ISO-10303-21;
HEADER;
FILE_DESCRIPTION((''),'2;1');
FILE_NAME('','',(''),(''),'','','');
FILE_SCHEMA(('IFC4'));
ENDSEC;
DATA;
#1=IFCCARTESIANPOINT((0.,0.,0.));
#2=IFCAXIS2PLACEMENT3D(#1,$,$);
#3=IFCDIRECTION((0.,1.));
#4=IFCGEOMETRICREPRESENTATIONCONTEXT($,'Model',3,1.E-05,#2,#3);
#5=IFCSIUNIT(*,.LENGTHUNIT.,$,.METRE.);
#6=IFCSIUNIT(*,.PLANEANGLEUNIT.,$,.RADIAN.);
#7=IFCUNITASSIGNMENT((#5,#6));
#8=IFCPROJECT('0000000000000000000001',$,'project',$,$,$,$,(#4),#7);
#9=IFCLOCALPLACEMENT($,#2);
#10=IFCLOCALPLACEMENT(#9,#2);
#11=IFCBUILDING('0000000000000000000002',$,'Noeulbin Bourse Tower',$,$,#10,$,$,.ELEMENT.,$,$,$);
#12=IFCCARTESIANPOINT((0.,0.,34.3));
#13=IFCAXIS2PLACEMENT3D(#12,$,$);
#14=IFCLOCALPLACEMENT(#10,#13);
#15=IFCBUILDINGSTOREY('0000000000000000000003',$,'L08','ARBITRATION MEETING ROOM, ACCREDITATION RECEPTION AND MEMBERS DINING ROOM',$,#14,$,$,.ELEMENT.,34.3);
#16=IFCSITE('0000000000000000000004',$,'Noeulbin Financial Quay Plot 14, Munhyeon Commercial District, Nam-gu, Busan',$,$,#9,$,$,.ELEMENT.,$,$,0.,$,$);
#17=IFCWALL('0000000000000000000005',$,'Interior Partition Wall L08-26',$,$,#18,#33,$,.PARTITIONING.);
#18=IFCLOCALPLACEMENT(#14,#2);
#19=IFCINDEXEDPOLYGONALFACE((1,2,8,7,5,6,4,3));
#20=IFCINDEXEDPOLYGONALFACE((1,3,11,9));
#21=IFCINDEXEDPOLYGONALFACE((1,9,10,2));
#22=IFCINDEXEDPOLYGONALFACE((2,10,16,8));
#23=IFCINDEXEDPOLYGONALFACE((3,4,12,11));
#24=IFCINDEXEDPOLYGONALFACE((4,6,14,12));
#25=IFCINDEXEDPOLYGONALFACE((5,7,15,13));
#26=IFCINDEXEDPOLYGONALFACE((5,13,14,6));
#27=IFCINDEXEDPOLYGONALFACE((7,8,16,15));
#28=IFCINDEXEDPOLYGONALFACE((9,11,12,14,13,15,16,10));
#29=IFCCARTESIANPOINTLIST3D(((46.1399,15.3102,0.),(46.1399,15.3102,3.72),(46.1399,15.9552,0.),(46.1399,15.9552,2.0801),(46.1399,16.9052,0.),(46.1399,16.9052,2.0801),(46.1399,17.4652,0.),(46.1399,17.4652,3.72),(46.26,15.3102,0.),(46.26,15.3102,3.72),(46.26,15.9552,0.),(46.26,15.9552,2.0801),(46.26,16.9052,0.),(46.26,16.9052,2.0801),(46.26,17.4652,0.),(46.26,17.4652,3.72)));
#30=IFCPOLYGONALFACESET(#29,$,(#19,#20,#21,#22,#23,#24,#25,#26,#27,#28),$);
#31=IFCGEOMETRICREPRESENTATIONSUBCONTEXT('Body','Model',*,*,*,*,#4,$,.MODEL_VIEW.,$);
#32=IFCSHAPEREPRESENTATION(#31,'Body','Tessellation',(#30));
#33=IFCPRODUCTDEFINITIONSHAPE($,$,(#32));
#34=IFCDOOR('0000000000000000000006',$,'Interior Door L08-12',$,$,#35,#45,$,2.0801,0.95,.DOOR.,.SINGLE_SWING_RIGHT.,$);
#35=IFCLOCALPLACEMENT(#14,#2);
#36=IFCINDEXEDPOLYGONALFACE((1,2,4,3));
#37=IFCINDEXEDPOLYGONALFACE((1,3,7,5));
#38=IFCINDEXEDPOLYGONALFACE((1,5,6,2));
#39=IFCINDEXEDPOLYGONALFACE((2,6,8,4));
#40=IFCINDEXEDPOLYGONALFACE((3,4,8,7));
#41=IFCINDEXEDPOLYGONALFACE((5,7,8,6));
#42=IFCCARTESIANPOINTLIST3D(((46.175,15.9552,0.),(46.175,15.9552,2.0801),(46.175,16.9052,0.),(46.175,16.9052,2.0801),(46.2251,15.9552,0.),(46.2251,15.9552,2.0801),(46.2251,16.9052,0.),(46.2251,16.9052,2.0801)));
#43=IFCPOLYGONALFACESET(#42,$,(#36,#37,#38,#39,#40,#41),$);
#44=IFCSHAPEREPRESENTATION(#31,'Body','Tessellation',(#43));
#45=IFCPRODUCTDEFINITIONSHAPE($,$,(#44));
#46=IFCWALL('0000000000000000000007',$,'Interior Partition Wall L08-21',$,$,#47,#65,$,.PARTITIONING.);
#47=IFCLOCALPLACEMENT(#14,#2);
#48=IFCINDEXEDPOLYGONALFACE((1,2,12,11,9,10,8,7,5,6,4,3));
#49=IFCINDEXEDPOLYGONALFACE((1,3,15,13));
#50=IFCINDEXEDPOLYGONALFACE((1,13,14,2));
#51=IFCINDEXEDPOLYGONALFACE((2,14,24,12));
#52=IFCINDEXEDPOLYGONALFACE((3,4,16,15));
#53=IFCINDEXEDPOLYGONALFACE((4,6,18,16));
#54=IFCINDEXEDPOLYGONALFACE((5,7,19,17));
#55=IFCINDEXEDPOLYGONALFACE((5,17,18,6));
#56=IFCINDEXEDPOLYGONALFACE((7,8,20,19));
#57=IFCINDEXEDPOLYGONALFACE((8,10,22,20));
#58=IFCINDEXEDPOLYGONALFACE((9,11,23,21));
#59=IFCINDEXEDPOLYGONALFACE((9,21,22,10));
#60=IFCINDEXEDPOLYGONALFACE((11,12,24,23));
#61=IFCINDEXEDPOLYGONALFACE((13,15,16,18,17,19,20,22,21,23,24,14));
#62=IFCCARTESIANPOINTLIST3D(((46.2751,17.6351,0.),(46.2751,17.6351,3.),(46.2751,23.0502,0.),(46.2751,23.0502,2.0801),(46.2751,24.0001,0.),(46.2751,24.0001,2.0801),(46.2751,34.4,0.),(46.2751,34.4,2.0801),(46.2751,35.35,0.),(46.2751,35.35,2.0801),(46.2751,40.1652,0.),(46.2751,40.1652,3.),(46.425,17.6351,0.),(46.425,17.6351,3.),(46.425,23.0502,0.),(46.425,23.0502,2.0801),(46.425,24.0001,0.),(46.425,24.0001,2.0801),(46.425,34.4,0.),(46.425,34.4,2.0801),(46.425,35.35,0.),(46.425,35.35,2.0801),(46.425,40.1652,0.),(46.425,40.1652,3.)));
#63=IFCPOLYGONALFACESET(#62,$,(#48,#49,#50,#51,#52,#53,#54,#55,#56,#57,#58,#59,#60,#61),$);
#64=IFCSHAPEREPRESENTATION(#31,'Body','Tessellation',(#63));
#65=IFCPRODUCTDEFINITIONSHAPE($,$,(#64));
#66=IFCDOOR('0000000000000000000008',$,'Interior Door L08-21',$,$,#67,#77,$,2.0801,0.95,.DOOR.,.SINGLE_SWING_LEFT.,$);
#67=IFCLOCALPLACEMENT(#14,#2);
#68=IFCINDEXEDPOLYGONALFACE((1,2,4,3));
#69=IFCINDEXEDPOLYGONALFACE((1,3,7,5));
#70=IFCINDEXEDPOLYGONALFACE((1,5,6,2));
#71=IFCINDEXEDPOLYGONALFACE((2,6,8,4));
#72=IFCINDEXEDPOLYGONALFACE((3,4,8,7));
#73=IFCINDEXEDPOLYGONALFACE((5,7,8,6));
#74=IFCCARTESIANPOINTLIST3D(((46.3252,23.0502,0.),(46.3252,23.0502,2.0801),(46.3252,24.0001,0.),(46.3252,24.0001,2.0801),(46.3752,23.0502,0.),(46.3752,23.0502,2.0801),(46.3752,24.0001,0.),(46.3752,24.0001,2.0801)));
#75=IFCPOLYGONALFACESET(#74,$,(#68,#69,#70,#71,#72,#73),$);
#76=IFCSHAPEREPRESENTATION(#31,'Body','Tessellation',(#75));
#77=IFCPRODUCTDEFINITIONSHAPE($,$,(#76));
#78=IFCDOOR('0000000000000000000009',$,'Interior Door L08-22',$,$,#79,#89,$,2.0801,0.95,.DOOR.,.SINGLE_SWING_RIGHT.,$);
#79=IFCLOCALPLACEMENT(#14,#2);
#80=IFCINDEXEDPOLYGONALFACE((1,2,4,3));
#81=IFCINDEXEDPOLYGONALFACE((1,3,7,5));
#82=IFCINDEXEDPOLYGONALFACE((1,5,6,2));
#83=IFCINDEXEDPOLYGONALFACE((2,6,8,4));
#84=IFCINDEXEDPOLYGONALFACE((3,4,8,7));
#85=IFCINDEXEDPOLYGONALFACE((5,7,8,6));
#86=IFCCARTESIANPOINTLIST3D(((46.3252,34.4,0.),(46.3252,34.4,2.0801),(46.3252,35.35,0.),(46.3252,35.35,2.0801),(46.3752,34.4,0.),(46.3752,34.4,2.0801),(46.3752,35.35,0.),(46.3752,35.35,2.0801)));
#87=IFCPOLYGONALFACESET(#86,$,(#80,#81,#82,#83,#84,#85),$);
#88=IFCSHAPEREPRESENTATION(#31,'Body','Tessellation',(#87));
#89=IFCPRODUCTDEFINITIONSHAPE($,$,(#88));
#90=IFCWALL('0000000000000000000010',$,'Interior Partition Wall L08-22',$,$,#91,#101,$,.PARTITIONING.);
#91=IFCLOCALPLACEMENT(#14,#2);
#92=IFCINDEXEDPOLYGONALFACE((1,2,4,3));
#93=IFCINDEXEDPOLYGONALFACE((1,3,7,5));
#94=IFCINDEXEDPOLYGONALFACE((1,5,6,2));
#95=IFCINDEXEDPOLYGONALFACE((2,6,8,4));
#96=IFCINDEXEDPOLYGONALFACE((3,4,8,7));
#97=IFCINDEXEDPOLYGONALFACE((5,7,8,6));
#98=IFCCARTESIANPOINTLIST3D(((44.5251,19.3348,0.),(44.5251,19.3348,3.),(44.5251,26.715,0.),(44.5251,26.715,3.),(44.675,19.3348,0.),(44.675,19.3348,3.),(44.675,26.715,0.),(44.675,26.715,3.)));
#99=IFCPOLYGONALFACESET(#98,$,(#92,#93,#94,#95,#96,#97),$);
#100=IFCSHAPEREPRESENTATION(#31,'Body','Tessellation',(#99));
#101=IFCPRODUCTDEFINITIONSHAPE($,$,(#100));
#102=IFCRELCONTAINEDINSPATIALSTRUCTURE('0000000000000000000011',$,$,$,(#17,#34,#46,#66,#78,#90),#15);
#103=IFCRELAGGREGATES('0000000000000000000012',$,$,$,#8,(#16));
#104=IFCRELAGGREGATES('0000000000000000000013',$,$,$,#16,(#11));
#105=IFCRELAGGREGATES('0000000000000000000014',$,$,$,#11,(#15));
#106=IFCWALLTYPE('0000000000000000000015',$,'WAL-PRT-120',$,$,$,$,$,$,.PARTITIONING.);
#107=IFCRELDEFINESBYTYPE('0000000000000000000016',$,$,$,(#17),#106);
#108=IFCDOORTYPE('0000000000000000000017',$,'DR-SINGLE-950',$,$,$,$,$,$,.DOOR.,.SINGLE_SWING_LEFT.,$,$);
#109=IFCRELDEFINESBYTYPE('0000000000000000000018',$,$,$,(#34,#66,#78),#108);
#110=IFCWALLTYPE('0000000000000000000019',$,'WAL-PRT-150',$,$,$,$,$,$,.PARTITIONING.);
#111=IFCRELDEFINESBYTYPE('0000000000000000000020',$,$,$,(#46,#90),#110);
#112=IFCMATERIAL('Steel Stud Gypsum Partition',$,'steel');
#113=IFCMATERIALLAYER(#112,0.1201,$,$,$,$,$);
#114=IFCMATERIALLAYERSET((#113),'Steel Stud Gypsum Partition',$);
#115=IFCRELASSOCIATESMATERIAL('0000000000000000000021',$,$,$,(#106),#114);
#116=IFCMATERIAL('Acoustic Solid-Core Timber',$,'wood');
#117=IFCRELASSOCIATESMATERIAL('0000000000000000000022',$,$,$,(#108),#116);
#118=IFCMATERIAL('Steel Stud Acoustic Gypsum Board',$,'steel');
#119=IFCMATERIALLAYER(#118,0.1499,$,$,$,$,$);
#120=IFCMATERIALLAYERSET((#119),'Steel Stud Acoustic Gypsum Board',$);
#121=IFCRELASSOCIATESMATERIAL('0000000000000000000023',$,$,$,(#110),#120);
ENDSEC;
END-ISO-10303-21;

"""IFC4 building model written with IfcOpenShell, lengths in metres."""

from ifc_helpers import new_model, si_unit, direction, frame, frame_2d, origin, place, context, subcontext, project, spatial, rectangle, extrude, material, layer, layer_set, type_object, element, fill, save


model = new_model("IFC4")

# Units and contexts
model_context = context("Model", 3, precision=1e-05, world=origin(), true_north=direction((0.0, 1.0)))
body_context = subcontext(model_context, "Body", "Model", "MODEL_VIEW")
ifc_project = project(units=[si_unit("LENGTHUNIT", "METRE"), si_unit("PLANEANGLEUNIT", "RADIAN")], contexts=[model_context])

# Site, building, storey
site_placement = place(None, origin())
site = spatial("IfcSite", under=ifc_project, at=site_placement, Name="Noeulbin Financial Quay Plot 14, Munhyeon Commercial District, Nam-gu, Busan", CompositionType="ELEMENT", RefElevation=0.0)
building_placement = place(site_placement, origin())
building = spatial("IfcBuilding", under=site, at=building_placement, Name="Noeulbin Bourse Tower", CompositionType="ELEMENT")
storey_placement = place(building_placement, frame((0.0, 0.0, 34.3)))
storey = spatial("IfcBuildingStorey", under=building, at=storey_placement, Name="L08", Description="ARBITRATION MEETING ROOM, ACCREDITATION RECEPTION AND MEMBERS DINING ROOM", CompositionType="ELEMENT", Elevation=34.3)

# Wall, opening, door
ifc_material_1 = material(Name="Steel Stud Gypsum Partition", Category="steel")
ifc_layer_1 = layer(ifc_material_1, 0.1201)
ifc_layer_set_1 = layer_set([ifc_layer_1], Name="Steel Stud Gypsum Partition")
wall_type_1 = type_object("IfcWallType", Name="WAL-PRT-120", PredefinedType="PARTITIONING", material=ifc_layer_set_1)
wall_1_placement = place(storey_placement, frame((46.2, 15.3101, 0.0), z_axis=(0.0, 0.0, 1.0), x_axis=(0.0, 1.0, 0.0)))
wall_1 = element("IfcWall", 1, at=wall_1_placement, inside=storey, type_object=wall_type_1, Name="Interior Partition Wall L08-26", PredefinedType="PARTITIONING", context=body_context, shape_type="SweptSolid", body=[
    extrude(rectangle(XDim=2.155, YDim=0.1201, at=frame_2d((1.0776, 0.0))), origin(), (0.0, 0.0, 1.0), 3.72),
])
opening_1_placement = place(wall_1_placement, frame((0.645, 0.0, 0.0)))
opening_1 = element("IfcOpeningElement", 2, at=opening_1_placement, cuts=wall_1, PredefinedType="OPENING", context=body_context, shape_type="SweptSolid", body=[
    extrude(rectangle(XDim=0.95, YDim=2.0801, at=frame_2d((0.4751, 1.04))), frame((0.0, 0.0701, 0.0), z_axis=(0.0, -1.0, 0.0), x_axis=(1.0, 0.0, 0.0)), (0.0, 0.0, 1.0), 0.1401),
])
ifc_material_2 = material(Name="Acoustic Solid-Core Timber", Category="wood")
door_type = type_object("IfcDoorType", Name="DR-SINGLE-950", OperationType="SINGLE_SWING_LEFT", PredefinedType="DOOR", material=ifc_material_2)
door_1_placement = place(opening_1_placement, origin())
door_1 = element("IfcDoor", 3, at=door_1_placement, inside=storey, type_object=door_type, Name="Interior Door L08-12", OperationType="SINGLE_SWING_RIGHT", OverallHeight=2.0801, OverallWidth=0.95, PredefinedType="DOOR", context=body_context, shape_type="SweptSolid", body=[
    extrude(rectangle(XDim=0.95, YDim=2.0801, at=frame_2d((0.4751, 1.04))), frame((0.0, 0.0249, 0.0), z_axis=(0.0, -1.0, 0.0), x_axis=(1.0, 0.0, 0.0)), (0.0, 0.0, 1.0), 0.05),
])
fill(opening_1, door_1)

# Wall, openings, doors
ifc_material_3 = material(Name="Steel Stud Acoustic Gypsum Board", Category="steel")
ifc_layer_2 = layer(ifc_material_3, 0.1499)
ifc_layer_set_2 = layer_set([ifc_layer_2], Name="Steel Stud Acoustic Gypsum Board")
wall_type_2 = type_object("IfcWallType", Name="WAL-PRT-150", PredefinedType="PARTITIONING", material=ifc_layer_set_2)
wall_2_placement = place(storey_placement, frame((46.3501, 17.635, 0.0), z_axis=(0.0, 0.0, 1.0), x_axis=(0.0, 1.0, 0.0)))
wall_2 = element("IfcWall", 4, at=wall_2_placement, inside=storey, type_object=wall_type_2, Name="Interior Partition Wall L08-21", PredefinedType="PARTITIONING", context=body_context, shape_type="SweptSolid", body=[
    extrude(rectangle(XDim=22.53, YDim=0.1499, at=frame_2d((11.2651, 0.0))), origin(), (0.0, 0.0, 1.0), 3.0),
])
opening_2_placement = place(wall_2_placement, frame((5.415, 0.0, 0.0)))
opening_2 = element("IfcOpeningElement", 5, at=opening_2_placement, cuts=wall_2, PredefinedType="OPENING", context=body_context, shape_type="SweptSolid", body=[
    extrude(rectangle(XDim=0.95, YDim=2.0801, at=frame_2d((0.4751, 1.04))), frame((0.0, 0.085, 0.0), z_axis=(0.0, -1.0, 0.0), x_axis=(1.0, 0.0, 0.0)), (0.0, 0.0, 1.0), 0.1699),
])
opening_3_placement = place(wall_2_placement, frame((16.7649, 0.0, 0.0)))
opening_3 = element("IfcOpeningElement", 6, at=opening_3_placement, cuts=wall_2, PredefinedType="OPENING", context=body_context, shape_type="SweptSolid", body=[
    extrude(rectangle(XDim=0.95, YDim=2.0801, at=frame_2d((0.4751, 1.04))), frame((0.0, 0.085, 0.0), z_axis=(0.0, -1.0, 0.0), x_axis=(1.0, 0.0, 0.0)), (0.0, 0.0, 1.0), 0.1699),
])
door_2_placement = place(opening_2_placement, origin())
door_2 = element("IfcDoor", 7, at=door_2_placement, inside=storey, type_object=door_type, Name="Interior Door L08-21", OperationType="SINGLE_SWING_LEFT", OverallHeight=2.0801, OverallWidth=0.95, PredefinedType="DOOR", context=body_context, shape_type="SweptSolid", body=[
    extrude(rectangle(XDim=0.95, YDim=2.0801, at=frame_2d((0.4751, 1.04))), frame((0.0, 0.0249, 0.0), z_axis=(0.0, -1.0, 0.0), x_axis=(1.0, 0.0, 0.0)), (0.0, 0.0, 1.0), 0.05),
])
fill(opening_2, door_2)
door_3_placement = place(opening_3_placement, origin())
door_3 = element("IfcDoor", 8, at=door_3_placement, inside=storey, type_object=door_type, Name="Interior Door L08-22", OperationType="SINGLE_SWING_RIGHT", OverallHeight=2.0801, OverallWidth=0.95, PredefinedType="DOOR", context=body_context, shape_type="SweptSolid", body=[
    extrude(rectangle(XDim=0.95, YDim=2.0801, at=frame_2d((0.4751, 1.04))), frame((0.0, 0.0249, 0.0), z_axis=(0.0, -1.0, 0.0), x_axis=(1.0, 0.0, 0.0)), (0.0, 0.0, 1.0), 0.05),
])
fill(opening_3, door_3)

# Wall
wall_3_placement = place(storey_placement, frame((44.6001, 19.335, 0.0), z_axis=(0.0, 0.0, 1.0), x_axis=(0.0, 1.0, 0.0)))
element("IfcWall", 9, at=wall_3_placement, inside=storey, type_object=wall_type_2, Name="Interior Partition Wall L08-22", PredefinedType="PARTITIONING", context=body_context, shape_type="SweptSolid", body=[
    extrude(rectangle(XDim=7.3801, YDim=0.1499, at=frame_2d((3.6899, 0.0))), origin(), (0.0, 0.0, 1.0), 3.0),
])

save(model, "model.ifc")
